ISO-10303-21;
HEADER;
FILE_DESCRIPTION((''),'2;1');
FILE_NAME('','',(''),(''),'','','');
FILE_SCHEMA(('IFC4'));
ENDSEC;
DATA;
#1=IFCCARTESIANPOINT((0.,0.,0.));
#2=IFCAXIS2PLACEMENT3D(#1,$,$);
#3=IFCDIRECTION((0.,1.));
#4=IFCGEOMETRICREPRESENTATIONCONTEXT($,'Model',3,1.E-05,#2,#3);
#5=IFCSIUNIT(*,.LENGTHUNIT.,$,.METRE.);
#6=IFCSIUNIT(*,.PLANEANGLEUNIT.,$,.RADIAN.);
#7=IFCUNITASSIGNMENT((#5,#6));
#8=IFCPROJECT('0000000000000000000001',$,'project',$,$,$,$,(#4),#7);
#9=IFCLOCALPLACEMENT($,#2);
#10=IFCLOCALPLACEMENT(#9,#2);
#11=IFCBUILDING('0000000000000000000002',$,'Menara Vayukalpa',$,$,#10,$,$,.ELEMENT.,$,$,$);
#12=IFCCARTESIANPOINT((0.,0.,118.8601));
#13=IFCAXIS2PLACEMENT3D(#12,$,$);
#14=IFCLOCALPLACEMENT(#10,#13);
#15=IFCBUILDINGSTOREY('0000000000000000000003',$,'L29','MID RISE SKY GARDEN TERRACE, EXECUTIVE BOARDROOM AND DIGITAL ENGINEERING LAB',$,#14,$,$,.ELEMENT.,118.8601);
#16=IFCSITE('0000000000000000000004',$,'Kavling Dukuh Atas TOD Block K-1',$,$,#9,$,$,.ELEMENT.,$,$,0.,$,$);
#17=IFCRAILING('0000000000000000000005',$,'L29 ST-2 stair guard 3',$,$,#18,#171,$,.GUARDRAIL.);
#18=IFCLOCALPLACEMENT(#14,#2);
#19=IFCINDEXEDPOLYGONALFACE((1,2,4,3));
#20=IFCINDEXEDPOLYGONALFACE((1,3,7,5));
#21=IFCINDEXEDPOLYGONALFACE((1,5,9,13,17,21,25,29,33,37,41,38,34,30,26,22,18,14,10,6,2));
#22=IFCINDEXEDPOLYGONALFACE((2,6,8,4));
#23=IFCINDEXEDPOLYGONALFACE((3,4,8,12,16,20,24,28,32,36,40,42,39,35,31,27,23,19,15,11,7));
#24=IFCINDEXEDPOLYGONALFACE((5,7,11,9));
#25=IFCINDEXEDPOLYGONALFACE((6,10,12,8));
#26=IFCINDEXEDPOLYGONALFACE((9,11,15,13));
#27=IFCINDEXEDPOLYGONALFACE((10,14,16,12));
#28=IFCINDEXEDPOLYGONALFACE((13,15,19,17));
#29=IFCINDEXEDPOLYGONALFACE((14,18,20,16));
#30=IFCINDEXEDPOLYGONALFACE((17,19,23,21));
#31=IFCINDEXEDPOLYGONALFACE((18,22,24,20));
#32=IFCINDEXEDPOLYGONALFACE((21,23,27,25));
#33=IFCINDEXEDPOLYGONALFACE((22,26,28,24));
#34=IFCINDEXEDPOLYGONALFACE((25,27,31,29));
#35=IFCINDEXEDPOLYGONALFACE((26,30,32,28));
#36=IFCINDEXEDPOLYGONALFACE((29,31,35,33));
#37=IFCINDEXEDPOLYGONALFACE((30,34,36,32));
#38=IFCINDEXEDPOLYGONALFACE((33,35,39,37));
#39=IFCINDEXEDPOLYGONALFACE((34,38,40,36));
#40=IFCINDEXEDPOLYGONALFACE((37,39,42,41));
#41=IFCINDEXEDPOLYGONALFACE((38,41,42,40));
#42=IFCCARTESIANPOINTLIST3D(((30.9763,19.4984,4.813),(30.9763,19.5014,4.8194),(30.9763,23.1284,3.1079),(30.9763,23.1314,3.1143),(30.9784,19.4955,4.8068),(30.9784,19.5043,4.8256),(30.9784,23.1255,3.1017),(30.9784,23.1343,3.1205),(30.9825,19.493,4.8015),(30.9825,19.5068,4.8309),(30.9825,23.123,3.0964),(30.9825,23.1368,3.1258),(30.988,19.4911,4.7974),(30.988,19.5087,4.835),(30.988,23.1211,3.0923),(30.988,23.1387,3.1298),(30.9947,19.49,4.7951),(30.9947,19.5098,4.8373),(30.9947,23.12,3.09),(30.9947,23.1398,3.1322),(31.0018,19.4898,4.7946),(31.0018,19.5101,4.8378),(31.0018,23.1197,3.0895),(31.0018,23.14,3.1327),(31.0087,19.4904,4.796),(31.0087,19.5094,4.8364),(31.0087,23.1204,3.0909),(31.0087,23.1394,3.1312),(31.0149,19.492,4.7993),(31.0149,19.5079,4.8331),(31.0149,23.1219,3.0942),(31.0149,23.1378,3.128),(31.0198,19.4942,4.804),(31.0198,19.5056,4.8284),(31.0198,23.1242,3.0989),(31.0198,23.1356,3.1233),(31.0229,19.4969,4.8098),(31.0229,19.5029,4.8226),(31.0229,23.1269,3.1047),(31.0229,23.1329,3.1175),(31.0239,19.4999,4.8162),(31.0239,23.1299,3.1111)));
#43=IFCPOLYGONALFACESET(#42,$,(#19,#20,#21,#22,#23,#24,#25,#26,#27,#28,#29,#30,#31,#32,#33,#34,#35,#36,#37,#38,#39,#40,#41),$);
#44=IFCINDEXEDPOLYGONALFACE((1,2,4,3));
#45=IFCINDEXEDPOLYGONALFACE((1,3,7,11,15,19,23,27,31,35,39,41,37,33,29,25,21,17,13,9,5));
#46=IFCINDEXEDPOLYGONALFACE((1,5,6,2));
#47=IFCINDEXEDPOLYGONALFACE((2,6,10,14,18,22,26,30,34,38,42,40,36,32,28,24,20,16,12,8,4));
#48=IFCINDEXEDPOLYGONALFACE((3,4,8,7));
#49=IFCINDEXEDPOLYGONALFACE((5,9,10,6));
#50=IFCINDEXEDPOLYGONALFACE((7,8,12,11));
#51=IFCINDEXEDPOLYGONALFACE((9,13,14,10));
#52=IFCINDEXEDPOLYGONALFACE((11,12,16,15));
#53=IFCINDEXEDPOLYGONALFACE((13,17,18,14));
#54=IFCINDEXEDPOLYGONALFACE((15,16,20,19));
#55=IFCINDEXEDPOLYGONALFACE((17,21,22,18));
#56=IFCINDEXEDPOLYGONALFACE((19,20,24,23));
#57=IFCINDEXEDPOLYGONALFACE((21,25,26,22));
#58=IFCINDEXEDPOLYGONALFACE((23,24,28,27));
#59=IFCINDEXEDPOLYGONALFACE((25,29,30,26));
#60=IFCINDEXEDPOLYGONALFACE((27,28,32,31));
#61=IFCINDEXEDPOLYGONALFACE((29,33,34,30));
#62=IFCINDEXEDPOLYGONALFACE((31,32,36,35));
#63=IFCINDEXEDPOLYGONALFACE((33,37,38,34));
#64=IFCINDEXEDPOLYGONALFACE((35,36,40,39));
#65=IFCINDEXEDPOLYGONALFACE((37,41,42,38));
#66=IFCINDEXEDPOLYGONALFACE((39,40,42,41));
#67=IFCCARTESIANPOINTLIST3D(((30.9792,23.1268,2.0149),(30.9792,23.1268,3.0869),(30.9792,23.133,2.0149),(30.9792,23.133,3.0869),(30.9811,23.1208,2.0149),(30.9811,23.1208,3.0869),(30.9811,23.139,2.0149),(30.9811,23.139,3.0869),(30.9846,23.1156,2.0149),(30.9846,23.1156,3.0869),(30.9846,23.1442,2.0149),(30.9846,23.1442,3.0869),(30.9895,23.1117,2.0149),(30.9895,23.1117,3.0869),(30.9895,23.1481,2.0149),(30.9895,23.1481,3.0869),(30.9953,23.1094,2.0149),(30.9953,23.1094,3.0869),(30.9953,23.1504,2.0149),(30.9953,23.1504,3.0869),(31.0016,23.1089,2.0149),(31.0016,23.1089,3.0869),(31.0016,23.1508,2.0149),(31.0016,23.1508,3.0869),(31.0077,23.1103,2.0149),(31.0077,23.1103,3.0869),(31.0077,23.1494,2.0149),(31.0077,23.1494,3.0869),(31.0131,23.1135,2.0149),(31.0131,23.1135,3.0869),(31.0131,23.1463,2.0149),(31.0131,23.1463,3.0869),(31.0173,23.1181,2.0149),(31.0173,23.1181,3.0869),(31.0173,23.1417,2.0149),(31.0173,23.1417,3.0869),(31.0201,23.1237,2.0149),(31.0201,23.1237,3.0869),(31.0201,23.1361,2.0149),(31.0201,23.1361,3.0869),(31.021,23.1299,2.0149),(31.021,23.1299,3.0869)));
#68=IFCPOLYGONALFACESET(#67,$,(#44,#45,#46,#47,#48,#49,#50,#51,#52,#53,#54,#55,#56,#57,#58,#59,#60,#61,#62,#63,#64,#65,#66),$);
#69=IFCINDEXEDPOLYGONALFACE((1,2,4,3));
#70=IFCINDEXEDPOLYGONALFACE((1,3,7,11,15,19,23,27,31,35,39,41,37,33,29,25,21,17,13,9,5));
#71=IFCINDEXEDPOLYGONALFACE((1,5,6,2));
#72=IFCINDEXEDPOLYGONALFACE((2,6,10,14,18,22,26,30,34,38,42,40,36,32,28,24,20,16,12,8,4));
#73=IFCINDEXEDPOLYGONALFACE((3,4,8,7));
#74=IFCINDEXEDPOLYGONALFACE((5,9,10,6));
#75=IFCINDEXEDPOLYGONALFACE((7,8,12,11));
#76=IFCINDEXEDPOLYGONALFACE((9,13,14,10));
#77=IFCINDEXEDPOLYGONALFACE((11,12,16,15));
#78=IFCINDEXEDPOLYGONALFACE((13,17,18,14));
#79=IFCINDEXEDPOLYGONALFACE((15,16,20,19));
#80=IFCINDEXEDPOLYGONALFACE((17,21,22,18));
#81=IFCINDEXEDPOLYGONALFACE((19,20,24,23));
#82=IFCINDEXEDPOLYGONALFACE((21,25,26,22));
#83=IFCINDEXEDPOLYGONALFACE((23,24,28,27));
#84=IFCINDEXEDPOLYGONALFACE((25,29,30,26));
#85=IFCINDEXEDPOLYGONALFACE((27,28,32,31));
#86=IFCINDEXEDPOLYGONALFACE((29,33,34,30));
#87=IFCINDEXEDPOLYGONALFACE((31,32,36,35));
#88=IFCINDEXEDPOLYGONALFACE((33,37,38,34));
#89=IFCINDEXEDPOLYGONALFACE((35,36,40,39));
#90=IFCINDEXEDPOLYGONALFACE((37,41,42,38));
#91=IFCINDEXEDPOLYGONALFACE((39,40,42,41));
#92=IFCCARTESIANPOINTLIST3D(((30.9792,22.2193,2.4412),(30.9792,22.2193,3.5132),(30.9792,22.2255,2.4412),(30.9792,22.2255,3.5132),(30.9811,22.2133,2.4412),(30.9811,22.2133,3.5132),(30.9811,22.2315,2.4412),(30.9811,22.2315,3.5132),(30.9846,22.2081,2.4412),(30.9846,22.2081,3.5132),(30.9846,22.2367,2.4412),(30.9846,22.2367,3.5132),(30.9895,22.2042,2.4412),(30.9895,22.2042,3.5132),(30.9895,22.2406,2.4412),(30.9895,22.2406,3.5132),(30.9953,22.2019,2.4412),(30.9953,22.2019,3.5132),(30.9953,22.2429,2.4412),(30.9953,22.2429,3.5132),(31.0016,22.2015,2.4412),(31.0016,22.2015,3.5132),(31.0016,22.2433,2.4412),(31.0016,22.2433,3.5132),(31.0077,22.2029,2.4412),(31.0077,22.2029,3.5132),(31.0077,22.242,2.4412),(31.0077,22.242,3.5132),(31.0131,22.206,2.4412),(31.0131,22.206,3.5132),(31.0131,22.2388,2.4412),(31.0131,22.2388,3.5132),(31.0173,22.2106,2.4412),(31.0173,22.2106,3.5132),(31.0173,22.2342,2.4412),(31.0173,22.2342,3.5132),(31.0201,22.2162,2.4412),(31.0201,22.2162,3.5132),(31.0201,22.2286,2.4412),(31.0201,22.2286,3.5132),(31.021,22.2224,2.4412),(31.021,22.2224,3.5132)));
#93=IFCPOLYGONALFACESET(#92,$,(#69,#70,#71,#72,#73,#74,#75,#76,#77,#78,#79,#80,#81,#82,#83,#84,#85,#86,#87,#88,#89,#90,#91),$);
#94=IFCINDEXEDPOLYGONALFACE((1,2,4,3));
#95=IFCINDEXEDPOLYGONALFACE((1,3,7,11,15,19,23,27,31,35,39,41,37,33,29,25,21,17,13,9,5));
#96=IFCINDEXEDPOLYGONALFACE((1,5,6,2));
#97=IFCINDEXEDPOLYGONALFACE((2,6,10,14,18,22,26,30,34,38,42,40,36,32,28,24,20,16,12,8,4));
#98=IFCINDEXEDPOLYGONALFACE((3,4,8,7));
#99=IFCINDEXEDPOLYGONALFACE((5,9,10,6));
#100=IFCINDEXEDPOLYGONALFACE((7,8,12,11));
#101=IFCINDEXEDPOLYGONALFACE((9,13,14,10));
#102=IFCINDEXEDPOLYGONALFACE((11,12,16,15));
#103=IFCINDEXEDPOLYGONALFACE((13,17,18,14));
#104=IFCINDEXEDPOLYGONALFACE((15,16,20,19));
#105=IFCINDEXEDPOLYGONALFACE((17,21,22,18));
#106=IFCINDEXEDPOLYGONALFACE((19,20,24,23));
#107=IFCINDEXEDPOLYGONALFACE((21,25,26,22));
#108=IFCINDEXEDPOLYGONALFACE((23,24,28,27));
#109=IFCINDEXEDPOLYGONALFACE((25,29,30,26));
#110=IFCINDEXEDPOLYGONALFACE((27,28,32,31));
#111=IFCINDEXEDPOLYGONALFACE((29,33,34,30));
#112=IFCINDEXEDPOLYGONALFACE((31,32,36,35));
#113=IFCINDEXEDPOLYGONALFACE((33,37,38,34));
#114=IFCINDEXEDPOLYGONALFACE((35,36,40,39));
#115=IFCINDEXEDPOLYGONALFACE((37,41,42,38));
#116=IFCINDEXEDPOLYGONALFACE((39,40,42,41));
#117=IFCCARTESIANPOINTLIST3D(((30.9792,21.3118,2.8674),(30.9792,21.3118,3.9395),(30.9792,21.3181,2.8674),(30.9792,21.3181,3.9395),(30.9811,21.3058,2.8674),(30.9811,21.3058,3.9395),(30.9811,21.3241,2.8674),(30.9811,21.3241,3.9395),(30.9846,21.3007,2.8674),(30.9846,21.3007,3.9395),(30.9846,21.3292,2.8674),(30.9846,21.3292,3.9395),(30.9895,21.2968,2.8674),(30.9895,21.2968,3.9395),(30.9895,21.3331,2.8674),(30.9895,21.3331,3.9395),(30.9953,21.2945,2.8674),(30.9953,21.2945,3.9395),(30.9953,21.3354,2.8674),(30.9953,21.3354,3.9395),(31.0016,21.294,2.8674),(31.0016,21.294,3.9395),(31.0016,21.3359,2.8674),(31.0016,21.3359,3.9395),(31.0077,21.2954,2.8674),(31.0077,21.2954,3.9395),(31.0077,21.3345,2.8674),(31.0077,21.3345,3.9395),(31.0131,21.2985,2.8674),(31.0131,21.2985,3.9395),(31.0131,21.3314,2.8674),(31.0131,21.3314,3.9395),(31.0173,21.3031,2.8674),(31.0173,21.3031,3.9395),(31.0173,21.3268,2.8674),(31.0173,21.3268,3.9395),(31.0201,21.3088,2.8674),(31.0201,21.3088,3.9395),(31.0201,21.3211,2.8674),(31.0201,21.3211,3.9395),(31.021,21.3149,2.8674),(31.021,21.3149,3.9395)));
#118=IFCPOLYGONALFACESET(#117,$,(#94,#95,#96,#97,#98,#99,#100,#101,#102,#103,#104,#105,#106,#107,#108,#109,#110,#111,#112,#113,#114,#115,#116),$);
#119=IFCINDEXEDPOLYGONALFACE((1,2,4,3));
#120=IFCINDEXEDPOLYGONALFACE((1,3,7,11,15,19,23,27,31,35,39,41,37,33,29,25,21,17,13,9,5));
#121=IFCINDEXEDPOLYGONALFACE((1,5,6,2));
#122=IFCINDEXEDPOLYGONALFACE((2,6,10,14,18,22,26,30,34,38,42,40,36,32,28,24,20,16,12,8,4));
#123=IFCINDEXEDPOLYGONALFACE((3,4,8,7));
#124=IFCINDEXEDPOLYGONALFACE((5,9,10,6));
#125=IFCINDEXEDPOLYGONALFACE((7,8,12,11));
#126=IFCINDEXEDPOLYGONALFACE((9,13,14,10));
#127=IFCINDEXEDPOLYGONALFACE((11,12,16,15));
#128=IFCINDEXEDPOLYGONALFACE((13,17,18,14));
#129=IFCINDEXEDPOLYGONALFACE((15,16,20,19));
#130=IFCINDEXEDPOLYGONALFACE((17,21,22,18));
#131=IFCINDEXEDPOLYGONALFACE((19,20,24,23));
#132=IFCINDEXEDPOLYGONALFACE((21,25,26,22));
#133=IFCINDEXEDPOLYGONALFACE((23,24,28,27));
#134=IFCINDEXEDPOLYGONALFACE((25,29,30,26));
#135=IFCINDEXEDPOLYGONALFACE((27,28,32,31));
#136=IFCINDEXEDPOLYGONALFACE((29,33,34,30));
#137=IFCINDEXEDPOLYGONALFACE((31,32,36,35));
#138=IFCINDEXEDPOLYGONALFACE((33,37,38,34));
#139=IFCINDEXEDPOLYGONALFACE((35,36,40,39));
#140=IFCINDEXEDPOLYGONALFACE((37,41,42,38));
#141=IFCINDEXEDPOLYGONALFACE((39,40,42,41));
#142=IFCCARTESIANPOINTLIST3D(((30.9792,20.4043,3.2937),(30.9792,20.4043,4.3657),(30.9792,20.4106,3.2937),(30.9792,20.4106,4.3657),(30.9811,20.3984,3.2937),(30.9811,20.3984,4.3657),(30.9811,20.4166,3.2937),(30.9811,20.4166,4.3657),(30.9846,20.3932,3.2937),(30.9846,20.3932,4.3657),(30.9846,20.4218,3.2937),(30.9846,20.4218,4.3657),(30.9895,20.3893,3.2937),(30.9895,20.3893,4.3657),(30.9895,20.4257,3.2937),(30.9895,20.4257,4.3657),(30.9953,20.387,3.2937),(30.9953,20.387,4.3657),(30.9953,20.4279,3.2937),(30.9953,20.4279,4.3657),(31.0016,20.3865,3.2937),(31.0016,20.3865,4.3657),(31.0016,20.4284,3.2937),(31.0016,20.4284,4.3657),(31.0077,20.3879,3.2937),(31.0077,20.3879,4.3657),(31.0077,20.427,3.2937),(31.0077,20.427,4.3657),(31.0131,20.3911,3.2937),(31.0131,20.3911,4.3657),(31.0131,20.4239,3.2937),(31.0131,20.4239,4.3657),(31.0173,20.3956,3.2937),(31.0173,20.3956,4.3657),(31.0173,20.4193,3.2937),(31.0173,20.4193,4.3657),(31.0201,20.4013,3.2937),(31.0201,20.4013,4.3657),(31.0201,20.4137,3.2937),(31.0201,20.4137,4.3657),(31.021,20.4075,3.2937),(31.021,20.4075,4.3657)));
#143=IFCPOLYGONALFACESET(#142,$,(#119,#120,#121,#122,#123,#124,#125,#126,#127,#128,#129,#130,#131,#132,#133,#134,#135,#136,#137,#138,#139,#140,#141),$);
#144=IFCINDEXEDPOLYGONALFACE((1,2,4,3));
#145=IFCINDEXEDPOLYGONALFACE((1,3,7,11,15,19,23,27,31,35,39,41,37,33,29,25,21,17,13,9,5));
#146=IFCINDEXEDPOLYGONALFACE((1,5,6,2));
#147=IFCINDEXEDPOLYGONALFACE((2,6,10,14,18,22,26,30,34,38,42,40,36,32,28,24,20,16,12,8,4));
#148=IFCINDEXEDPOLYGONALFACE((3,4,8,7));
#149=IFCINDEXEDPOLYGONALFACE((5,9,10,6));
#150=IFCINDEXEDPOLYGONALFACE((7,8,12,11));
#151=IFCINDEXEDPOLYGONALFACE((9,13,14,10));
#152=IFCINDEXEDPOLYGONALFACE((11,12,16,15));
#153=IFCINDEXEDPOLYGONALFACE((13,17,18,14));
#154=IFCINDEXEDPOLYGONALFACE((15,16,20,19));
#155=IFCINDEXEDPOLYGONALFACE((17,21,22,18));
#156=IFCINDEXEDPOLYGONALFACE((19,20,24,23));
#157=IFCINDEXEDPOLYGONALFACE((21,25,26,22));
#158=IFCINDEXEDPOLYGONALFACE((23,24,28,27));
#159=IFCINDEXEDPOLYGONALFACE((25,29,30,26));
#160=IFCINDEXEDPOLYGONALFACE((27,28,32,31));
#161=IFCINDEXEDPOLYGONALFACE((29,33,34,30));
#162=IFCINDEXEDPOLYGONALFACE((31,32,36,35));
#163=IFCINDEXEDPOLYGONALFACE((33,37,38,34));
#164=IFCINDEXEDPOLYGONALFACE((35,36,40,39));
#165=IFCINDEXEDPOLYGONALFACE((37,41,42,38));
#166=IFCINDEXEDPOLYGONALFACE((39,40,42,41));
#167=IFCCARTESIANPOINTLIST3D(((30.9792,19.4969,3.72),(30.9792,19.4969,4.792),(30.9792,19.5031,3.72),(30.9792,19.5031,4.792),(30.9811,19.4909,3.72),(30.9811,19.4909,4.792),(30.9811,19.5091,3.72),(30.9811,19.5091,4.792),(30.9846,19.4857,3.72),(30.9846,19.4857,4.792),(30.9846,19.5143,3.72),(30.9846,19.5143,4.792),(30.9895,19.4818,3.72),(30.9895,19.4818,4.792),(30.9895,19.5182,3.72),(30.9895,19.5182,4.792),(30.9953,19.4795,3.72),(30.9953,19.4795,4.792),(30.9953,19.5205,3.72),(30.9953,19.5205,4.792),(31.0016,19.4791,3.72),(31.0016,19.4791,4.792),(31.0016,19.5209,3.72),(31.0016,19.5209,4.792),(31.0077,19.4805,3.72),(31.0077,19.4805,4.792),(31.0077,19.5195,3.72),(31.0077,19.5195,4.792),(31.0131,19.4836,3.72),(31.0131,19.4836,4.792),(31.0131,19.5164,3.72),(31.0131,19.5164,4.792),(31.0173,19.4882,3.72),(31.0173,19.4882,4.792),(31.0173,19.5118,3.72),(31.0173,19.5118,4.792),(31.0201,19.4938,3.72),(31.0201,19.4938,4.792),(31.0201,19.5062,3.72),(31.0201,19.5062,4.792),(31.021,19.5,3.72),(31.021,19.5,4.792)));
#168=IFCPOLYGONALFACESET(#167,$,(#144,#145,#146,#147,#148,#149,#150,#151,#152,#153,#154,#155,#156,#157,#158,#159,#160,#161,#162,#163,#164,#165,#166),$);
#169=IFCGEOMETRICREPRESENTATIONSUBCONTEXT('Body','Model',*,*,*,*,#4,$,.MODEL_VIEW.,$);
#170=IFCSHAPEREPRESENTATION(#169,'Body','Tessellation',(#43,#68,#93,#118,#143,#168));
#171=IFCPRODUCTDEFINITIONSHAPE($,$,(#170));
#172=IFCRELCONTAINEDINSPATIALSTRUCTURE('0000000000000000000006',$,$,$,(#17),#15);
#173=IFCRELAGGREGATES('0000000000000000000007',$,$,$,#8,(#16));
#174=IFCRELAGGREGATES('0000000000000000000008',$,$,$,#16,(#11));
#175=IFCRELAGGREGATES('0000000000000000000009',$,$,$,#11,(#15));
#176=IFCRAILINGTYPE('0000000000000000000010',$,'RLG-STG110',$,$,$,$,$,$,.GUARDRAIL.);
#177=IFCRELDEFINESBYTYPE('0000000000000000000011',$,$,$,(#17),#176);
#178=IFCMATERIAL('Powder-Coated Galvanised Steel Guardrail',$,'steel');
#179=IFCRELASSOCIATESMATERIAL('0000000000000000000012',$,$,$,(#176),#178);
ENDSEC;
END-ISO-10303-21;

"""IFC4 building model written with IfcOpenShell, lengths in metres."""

from ifc_helpers import new_model, si_unit, direction, frame, origin, origin_2d, place, context, subcontext, project, spatial, circle, extrude, material, type_object, element, save


model = new_model("IFC4")

# Units and contexts
model_context = context("Model", 3, precision=1e-05, world=origin(), true_north=direction((0.0, 1.0)))
body_context = subcontext(model_context, "Body", "Model", "MODEL_VIEW")
ifc_project = project(units=[si_unit("LENGTHUNIT", "METRE"), si_unit("PLANEANGLEUNIT", "RADIAN")], contexts=[model_context])

# Site, building, storey
site_placement = place(None, origin())
site = spatial("IfcSite", under=ifc_project, at=site_placement, Name="Kavling Dukuh Atas TOD Block K-1", CompositionType="ELEMENT", RefElevation=0.0)
building_placement = place(site_placement, origin())
building = spatial("IfcBuilding", under=site, at=building_placement, Name="Menara Vayukalpa", CompositionType="ELEMENT")
storey_placement = place(building_placement, frame((0.0, 0.0, 118.8601)))
storey = spatial("IfcBuildingStorey", under=building, at=storey_placement, Name="L29", Description="MID RISE SKY GARDEN TERRACE, EXECUTIVE BOARDROOM AND DIGITAL ENGINEERING LAB", CompositionType="ELEMENT", Elevation=118.8601)

# Railing
ifc_material_1 = material(Name="Powder-Coated Galvanised Steel Guardrail", Category="steel")
railing_type_1 = type_object("IfcRailingType", Name="RLG-STG110", PredefinedType="GUARDRAIL", material=ifc_material_1)
railing_1_placement = place(storey_placement, frame((31.0, 23.1299, 2.0149)))
element("IfcRailing", 1, at=railing_1_placement, inside=storey, type_object=railing_type_1, Name="L29 ST-2 stair guard 3", PredefinedType="GUARDRAIL", context=body_context, shape_type="SweptSolid", body=[
    extrude(circle(Radius=0.0239, at=origin_2d()), frame((0.0, 0.0, 1.0962), z_axis=(0.0, -0.905116, 0.425164), x_axis=(1.0, 0.0, 0.0)), (0.0, 0.0, 1.0), 4.0105),
    extrude(circle(Radius=0.021, at=origin_2d()), origin(), (0.0, 0.0, 1.0), 1.072),
    extrude(circle(Radius=0.021, at=origin_2d()), frame((0.0, -0.9075, 0.4263)), (0.0, 0.0, 1.0), 1.072),
    extrude(circle(Radius=0.021, at=origin_2d()), frame((0.0, -1.8149, 0.8525)), (0.0, 0.0, 1.0), 1.072),
    extrude(circle(Radius=0.021, at=origin_2d()), frame((0.0, -2.7224, 1.2788)), (0.0, 0.0, 1.0), 1.072),
    extrude(circle(Radius=0.021, at=origin_2d()), frame((0.0, -3.6299, 1.7051)), (0.0, 0.0, 1.0), 1.072),
])

save(model, "model.ifc")
